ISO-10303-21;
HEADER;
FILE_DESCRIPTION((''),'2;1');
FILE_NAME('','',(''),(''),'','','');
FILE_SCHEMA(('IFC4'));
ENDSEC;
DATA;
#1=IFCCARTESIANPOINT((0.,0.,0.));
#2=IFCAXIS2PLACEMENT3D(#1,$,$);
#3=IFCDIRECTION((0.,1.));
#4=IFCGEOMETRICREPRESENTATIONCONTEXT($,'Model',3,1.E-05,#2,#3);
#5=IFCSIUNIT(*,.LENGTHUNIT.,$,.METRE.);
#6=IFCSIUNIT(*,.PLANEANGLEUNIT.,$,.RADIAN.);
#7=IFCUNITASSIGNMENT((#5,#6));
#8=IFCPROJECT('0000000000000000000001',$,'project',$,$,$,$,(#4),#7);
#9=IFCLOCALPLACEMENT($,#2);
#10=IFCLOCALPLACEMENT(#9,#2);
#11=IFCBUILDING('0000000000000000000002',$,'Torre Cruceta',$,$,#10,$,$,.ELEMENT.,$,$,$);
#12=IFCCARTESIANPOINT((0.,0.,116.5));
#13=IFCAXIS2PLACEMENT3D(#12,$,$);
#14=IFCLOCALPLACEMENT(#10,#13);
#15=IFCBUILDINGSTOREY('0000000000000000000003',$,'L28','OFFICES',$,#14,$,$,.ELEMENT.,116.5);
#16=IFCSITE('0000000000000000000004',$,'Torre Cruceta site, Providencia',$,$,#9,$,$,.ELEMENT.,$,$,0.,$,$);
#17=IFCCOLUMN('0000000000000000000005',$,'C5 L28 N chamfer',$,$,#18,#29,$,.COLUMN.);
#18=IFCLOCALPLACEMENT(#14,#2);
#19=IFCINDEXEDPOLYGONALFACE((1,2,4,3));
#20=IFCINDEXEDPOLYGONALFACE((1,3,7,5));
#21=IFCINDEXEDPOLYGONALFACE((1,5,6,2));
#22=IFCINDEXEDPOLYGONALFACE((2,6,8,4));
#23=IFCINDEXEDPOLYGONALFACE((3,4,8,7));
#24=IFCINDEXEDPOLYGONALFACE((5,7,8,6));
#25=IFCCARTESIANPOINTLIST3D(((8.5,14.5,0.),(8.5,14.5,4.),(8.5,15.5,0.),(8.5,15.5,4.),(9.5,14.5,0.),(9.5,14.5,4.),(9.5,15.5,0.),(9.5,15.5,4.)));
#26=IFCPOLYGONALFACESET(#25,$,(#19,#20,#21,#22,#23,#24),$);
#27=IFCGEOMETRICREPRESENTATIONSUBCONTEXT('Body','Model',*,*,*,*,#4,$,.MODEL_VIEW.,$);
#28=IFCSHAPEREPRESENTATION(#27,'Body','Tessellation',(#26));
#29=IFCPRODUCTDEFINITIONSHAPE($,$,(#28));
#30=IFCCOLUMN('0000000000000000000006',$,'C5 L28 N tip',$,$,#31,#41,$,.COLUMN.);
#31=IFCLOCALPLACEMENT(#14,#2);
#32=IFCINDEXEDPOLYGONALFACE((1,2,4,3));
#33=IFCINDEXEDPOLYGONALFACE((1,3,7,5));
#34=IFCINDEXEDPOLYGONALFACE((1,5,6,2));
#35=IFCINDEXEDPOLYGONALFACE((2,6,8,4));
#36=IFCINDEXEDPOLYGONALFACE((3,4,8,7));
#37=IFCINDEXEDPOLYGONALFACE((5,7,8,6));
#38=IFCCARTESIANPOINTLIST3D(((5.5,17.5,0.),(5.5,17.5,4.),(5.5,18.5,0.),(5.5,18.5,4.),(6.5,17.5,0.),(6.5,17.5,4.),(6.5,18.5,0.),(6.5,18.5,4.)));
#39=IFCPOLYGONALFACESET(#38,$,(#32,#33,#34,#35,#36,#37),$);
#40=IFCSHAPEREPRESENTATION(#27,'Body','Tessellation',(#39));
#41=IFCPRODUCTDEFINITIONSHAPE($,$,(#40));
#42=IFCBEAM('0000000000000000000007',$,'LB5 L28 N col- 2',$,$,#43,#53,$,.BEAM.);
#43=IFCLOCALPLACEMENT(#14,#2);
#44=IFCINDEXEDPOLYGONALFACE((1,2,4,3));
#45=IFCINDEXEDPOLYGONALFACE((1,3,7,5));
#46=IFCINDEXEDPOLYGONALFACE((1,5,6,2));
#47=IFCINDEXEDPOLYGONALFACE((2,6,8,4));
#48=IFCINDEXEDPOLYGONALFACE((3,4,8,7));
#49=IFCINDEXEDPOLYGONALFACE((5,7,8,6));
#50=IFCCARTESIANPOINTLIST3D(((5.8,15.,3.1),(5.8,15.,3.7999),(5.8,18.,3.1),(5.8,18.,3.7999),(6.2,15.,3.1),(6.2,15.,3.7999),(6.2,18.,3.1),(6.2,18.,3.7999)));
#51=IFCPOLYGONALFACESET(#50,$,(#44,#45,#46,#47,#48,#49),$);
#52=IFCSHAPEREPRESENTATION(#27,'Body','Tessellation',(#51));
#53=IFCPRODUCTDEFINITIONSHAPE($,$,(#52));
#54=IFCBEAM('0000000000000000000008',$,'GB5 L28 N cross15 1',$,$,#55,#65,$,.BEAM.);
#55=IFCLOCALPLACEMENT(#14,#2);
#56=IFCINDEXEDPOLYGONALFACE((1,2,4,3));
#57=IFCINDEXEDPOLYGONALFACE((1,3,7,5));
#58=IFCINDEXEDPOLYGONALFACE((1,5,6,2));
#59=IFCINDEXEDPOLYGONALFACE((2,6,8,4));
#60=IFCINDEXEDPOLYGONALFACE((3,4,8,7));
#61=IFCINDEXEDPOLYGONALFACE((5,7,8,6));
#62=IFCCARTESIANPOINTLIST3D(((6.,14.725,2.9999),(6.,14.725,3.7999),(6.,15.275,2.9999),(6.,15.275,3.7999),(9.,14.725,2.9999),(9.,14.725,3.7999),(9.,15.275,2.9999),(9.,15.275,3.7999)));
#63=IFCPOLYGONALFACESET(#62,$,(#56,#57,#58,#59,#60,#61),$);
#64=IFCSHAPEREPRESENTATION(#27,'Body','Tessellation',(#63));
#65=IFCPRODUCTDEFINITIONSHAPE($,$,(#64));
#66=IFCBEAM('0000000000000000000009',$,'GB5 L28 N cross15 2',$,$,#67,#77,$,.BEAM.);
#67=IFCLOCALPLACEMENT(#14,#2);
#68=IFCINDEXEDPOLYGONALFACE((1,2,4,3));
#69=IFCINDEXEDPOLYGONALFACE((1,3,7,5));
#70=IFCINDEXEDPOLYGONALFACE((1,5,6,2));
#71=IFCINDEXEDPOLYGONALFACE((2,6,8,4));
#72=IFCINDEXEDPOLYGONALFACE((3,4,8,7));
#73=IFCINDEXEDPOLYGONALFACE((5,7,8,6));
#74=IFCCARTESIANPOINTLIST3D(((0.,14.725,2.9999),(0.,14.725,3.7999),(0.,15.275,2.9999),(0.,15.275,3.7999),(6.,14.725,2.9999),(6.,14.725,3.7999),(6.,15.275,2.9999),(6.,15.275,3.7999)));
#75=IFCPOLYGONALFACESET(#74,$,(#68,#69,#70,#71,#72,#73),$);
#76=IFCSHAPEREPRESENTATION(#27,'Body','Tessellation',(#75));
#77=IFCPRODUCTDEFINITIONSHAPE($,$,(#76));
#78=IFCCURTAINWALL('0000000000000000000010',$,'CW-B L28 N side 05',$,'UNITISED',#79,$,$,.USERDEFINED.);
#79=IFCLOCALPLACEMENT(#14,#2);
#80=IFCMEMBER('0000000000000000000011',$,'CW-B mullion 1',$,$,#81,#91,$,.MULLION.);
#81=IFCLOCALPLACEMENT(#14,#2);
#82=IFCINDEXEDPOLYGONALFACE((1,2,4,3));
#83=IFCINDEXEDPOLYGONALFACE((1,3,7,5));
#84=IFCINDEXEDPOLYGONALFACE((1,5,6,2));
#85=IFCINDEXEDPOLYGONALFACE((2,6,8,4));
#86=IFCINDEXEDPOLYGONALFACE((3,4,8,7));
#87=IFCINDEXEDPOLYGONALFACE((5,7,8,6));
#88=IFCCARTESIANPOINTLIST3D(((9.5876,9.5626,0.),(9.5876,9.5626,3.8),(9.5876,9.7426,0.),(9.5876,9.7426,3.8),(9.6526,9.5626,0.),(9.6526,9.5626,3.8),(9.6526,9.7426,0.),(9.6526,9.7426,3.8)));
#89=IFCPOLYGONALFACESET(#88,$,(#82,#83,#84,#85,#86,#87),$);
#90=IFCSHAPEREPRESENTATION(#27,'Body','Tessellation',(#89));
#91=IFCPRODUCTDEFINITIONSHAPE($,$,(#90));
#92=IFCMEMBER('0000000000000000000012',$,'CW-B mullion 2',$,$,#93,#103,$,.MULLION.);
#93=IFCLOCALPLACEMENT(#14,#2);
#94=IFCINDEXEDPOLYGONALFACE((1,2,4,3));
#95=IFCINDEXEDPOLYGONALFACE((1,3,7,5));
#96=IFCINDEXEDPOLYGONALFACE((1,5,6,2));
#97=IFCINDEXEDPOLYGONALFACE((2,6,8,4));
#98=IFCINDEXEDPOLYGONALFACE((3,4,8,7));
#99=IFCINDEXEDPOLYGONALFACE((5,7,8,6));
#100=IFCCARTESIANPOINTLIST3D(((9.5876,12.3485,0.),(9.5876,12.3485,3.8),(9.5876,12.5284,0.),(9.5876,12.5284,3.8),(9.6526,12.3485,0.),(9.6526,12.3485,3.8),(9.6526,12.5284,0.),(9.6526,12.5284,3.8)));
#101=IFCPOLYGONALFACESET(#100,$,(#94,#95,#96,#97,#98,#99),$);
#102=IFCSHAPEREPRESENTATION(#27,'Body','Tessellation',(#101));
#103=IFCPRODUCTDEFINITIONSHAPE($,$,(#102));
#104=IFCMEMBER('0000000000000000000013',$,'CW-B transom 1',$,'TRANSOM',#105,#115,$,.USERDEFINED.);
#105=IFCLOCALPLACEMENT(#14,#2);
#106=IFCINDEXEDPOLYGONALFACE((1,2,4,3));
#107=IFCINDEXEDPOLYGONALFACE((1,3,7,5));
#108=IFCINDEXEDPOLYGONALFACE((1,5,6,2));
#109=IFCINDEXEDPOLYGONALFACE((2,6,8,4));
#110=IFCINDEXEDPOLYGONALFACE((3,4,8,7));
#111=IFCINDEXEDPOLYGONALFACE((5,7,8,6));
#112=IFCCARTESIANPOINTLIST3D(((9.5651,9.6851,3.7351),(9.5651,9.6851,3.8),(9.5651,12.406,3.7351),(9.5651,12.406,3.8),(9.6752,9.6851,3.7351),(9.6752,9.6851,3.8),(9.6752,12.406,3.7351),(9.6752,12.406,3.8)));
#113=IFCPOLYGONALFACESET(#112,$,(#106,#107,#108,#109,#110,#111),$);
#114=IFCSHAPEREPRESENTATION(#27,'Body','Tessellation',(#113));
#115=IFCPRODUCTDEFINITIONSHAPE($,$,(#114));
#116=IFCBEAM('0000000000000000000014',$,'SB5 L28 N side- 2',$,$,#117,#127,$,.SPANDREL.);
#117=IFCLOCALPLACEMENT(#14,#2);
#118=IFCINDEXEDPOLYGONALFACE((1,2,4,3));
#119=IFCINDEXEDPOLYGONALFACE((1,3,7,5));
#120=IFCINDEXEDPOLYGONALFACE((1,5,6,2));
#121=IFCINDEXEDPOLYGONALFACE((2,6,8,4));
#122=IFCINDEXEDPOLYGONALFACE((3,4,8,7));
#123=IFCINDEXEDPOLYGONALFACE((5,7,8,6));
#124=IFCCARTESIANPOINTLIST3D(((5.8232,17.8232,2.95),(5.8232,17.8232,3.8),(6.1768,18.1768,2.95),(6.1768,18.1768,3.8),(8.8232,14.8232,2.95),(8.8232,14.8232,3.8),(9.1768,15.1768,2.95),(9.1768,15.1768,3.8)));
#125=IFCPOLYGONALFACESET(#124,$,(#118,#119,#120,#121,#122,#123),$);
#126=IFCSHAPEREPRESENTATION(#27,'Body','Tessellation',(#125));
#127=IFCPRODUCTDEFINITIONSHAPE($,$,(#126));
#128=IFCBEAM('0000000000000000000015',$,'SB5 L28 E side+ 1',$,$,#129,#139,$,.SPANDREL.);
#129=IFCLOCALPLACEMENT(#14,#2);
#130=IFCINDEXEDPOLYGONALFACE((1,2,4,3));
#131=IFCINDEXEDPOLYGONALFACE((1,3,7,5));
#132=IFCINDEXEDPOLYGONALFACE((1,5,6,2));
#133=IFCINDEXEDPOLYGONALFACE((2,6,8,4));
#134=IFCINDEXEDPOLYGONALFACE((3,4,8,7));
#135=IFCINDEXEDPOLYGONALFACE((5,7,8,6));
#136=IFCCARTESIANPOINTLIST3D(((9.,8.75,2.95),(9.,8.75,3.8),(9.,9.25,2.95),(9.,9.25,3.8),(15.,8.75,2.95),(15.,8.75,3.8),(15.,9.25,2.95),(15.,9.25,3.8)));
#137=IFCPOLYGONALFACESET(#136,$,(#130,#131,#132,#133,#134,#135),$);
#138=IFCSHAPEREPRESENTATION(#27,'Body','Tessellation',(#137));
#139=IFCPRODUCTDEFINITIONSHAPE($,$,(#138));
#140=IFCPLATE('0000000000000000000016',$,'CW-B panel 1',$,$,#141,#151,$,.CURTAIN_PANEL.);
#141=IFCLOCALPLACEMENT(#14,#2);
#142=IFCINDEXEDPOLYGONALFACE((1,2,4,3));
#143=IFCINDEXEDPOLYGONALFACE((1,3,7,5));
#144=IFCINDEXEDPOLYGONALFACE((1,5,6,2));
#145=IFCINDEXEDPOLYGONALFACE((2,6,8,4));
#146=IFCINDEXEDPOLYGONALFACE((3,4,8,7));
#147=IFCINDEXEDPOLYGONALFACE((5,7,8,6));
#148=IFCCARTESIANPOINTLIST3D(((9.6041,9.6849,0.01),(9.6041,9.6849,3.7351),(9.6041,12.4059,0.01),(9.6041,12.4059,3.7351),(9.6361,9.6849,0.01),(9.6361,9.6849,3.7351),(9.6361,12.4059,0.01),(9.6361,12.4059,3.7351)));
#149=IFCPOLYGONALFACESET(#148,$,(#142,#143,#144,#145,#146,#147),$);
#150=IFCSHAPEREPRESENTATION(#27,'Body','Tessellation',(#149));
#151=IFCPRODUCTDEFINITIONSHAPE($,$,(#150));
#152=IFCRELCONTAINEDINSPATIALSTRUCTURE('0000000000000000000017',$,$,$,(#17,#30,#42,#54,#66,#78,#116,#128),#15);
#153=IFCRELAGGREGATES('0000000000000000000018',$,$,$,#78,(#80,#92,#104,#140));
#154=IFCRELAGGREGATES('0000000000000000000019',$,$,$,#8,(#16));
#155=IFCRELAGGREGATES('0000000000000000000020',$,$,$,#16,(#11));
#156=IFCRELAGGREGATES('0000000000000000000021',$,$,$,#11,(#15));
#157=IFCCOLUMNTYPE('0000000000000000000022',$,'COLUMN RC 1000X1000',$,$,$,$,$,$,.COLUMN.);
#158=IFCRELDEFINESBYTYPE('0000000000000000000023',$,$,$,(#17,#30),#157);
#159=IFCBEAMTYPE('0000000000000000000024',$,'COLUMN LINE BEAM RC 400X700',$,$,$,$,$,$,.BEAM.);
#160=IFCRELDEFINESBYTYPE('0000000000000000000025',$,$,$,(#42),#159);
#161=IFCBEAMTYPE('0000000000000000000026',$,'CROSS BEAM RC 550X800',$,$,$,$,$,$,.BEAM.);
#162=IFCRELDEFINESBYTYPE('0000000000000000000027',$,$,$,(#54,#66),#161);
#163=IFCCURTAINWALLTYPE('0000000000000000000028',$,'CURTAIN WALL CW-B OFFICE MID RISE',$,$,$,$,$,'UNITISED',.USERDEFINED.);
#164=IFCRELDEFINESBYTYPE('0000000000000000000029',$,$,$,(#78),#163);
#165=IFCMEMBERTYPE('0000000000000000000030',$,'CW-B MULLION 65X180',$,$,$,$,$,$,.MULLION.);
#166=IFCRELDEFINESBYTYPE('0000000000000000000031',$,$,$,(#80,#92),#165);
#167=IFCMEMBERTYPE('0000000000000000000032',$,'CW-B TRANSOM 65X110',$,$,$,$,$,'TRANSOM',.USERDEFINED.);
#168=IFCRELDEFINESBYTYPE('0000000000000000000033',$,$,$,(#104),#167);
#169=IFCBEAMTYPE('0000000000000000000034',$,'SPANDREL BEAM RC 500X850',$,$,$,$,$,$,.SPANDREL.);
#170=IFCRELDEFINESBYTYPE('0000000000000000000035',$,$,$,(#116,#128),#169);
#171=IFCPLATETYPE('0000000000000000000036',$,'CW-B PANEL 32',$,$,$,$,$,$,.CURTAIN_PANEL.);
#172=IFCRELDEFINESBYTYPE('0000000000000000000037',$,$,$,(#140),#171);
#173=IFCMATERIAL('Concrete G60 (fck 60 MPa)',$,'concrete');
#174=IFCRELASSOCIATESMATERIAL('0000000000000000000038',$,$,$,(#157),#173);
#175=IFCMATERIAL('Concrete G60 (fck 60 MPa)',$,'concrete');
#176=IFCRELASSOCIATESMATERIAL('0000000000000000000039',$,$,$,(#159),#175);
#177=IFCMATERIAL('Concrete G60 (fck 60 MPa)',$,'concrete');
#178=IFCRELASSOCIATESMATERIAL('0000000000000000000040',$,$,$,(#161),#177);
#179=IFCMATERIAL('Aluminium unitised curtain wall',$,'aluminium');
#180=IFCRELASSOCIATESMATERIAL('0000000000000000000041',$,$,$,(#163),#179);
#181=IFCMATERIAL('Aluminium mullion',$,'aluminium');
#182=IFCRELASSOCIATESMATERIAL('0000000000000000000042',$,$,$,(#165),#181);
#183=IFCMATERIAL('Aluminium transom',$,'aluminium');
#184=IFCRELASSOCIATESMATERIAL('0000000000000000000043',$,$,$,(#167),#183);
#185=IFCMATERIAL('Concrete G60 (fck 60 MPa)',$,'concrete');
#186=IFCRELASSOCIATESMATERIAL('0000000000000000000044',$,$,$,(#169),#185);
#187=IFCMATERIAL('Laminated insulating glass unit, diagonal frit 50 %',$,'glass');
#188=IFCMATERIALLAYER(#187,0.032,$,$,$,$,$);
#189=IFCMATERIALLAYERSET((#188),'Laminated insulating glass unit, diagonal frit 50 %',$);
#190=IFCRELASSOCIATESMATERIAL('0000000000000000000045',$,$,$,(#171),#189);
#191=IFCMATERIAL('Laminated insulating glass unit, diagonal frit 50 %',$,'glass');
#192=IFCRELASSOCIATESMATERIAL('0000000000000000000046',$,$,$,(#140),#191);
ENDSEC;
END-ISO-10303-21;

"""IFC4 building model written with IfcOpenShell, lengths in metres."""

from ifc_helpers import new_model, si_unit, direction, frame, origin, origin_2d, place, context, subcontext, project, spatial, rectangle, extrude, material, layer, layer_set, material_profile, profile_set, type_object, element, aggregate, save


model = new_model("IFC4")

# Units and contexts
model_context = context("Model", 3, precision=1e-05, world=origin(), true_north=direction((0.0, 1.0)))
body_context = subcontext(model_context, "Body", "Model", "MODEL_VIEW")
ifc_project = project(units=[si_unit("LENGTHUNIT", "METRE"), si_unit("PLANEANGLEUNIT", "RADIAN")], contexts=[model_context])

# Site, building, storey
site_placement = place(None, origin())
site = spatial("IfcSite", under=ifc_project, at=site_placement, Name="Torre Cruceta site, Providencia", CompositionType="ELEMENT", RefElevation=0.0)
building_placement = place(site_placement, origin())
building = spatial("IfcBuilding", under=site, at=building_placement, Name="Torre Cruceta", CompositionType="ELEMENT")
storey_placement = place(building_placement, frame((0.0, 0.0, 116.5)))
storey = spatial("IfcBuildingStorey", under=building, at=storey_placement, Name="L28", Description="OFFICES", CompositionType="ELEMENT", Elevation=116.5)

# Columns
ifc_material_1 = material(Name="Concrete G60 (fck 60 MPa)", Category="concrete")
ifc_material_profile_1 = material_profile(ifc_material_1, rectangle(XDim=1.0, YDim=1.0, at=origin_2d()), Name="RC 1000X1000")
ifc_profile_set_1 = profile_set([ifc_material_profile_1], Name="Concrete G60 (fck 60 MPa)")
column_type = type_object("IfcColumnType", Name="COLUMN RC 1000X1000", PredefinedType="COLUMN", material=ifc_profile_set_1)
for number, where, z_axis, x_axis, name in (
    (1, (9.0, 15.0, 0.0), (0.0, 0.0, 1.0), (1.0, 0.0, 0.0), "C5 L28 N chamfer"),
    (2, (6.0, 18.0, 0.0), (0.0, 0.0, 1.0), (1.0, 0.0, 0.0), "C5 L28 N tip"),
):
    element("IfcColumn", number, at=place(storey_placement, frame(where, z_axis=z_axis, x_axis=x_axis)), inside=storey, type_object=column_type, Name=name, PredefinedType="COLUMN", context=body_context, shape_type="SweptSolid", body=[
        extrude(rectangle(XDim=1.0, YDim=1.0, at=origin_2d()), origin(), (0.0, 0.0, 1.0), 4.0),
    ])

# Beams
ifc_material_2 = material(Name="Concrete G60 (fck 60 MPa)", Category="concrete")
ifc_material_profile_2 = material_profile(ifc_material_2, rectangle(XDim=0.3999, YDim=0.7, at=origin_2d()), Name="RC 400X700")
ifc_profile_set_2 = profile_set([ifc_material_profile_2], Name="Concrete G60 (fck 60 MPa)")
beam_type_1 = type_object("IfcBeamType", Name="COLUMN LINE BEAM RC 400X700", PredefinedType="BEAM", material=ifc_profile_set_2)
beam_1_placement = place(storey_placement, frame((6.0, 15.0, 3.45), z_axis=(0.0, 1.0, 0.0), x_axis=(-1.0, 0.0, 0.0)))
element("IfcBeam", 3, at=beam_1_placement, inside=storey, type_object=beam_type_1, Name="LB5 L28 N col- 2", PredefinedType="BEAM", context=body_context, shape_type="SweptSolid", body=[
    extrude(rectangle(XDim=0.3999, YDim=0.7, at=origin_2d()), origin(), (0.0, 0.0, 1.0), 3.0),
])
ifc_material_3 = material(Name="Concrete G60 (fck 60 MPa)", Category="concrete")
ifc_material_profile_3 = material_profile(ifc_material_3, rectangle(XDim=0.55, YDim=0.8, at=origin_2d()), Name="RC 550X800")
ifc_profile_set_3 = profile_set([ifc_material_profile_3], Name="Concrete G60 (fck 60 MPa)")
beam_type_2 = type_object("IfcBeamType", Name="CROSS BEAM RC 550X800", PredefinedType="BEAM", material=ifc_profile_set_3)
beam_2_placement = place(storey_placement, frame((9.0, 15.0, 3.3999), z_axis=(-1.0, 0.0, 0.0), x_axis=(0.0, -1.0, 0.0)))
element("IfcBeam", 4, at=beam_2_placement, inside=storey, type_object=beam_type_2, Name="GB5 L28 N cross15 1", PredefinedType="BEAM", context=body_context, shape_type="SweptSolid", body=[
    extrude(rectangle(XDim=0.55, YDim=0.8, at=origin_2d()), origin(), (0.0, 0.0, 1.0), 3.0),
])
beam_3_placement = place(storey_placement, frame((6.0, 15.0, 3.3999), z_axis=(-1.0, 0.0, 0.0), x_axis=(0.0, -1.0, 0.0)))
element("IfcBeam", 5, at=beam_3_placement, inside=storey, type_object=beam_type_2, Name="GB5 L28 N cross15 2", PredefinedType="BEAM", context=body_context, shape_type="SweptSolid", body=[
    extrude(rectangle(XDim=0.55, YDim=0.8, at=origin_2d()), origin(), (0.0, 0.0, 1.0), 6.0),
])

# Curtain wall, members
ifc_material_4 = material(Name="Aluminium unitised curtain wall", Category="aluminium")
curtain_wall_type = type_object("IfcCurtainWallType", Name="CURTAIN WALL CW-B OFFICE MID RISE", ElementType="UNITISED", PredefinedType="USERDEFINED", material=ifc_material_4)
curtain_wall_placement = place(storey_placement, origin())
curtain_wall = element("IfcCurtainWall", 6, at=curtain_wall_placement, inside=storey, type_object=curtain_wall_type, Name="CW-B L28 N side 05", ObjectType="UNITISED", PredefinedType="USERDEFINED")
ifc_material_5 = material(Name="Aluminium mullion", Category="aluminium")
ifc_material_profile_4 = material_profile(ifc_material_5, rectangle(XDim=0.0649, YDim=0.1799, at=origin_2d()), Name="AL 65X180")
ifc_profile_set_4 = profile_set([ifc_material_profile_4], Name="Aluminium mullion")
member_type_1 = type_object("IfcMemberType", Name="CW-B MULLION 65X180", PredefinedType="MULLION", material=ifc_profile_set_4)
member_1_placement = place(storey_placement, frame((9.6201, 9.6526, 0.0), z_axis=(0.0, 0.0, 1.0), x_axis=(-1.0, 0.0, 0.0)))
member_1 = element("IfcMember", 7, at=member_1_placement, type_object=member_type_1, Name="CW-B mullion 1", PredefinedType="MULLION", context=body_context, shape_type="SweptSolid", body=[
    extrude(rectangle(XDim=0.0649, YDim=0.1799, at=origin_2d()), origin(), (0.0, 0.0, 1.0), 3.8),
])
member_2_placement = place(storey_placement, frame((9.6201, 12.4385, 0.0), z_axis=(0.0, 0.0, 1.0), x_axis=(-1.0, 0.0, 0.0)))
member_2 = element("IfcMember", 8, at=member_2_placement, type_object=member_type_1, Name="CW-B mullion 2", PredefinedType="MULLION", context=body_context, shape_type="SweptSolid", body=[
    extrude(rectangle(XDim=0.0649, YDim=0.1799, at=origin_2d()), origin(), (0.0, 0.0, 1.0), 3.8),
])
ifc_material_6 = material(Name="Aluminium transom", Category="aluminium")
ifc_material_profile_5 = material_profile(ifc_material_6, rectangle(XDim=0.1101, YDim=0.0649, at=origin_2d()), Name="AL 110X65")
ifc_profile_set_5 = profile_set([ifc_material_profile_5], Name="Aluminium transom")
member_type_2 = type_object("IfcMemberType", Name="CW-B TRANSOM 65X110", ElementType="TRANSOM", PredefinedType="USERDEFINED", material=ifc_profile_set_5)
member_3_placement = place(storey_placement, frame((9.6201, 9.6851, 3.7676), z_axis=(0.0, 1.0, 0.0), x_axis=(-1.0, 0.0, 0.0)))
member_3 = element("IfcMember", 9, at=member_3_placement, type_object=member_type_2, Name="CW-B transom 1", ObjectType="TRANSOM", PredefinedType="USERDEFINED", context=body_context, shape_type="SweptSolid", body=[
    extrude(rectangle(XDim=0.1101, YDim=0.0649, at=origin_2d()), origin(), (0.0, 0.0, 1.0), 2.7209),
])

# Beams
ifc_material_7 = material(Name="Concrete G60 (fck 60 MPa)", Category="concrete")
ifc_material_profile_6 = material_profile(ifc_material_7, rectangle(XDim=0.5, YDim=0.8501, at=origin_2d()), Name="RC 500X850")
ifc_profile_set_6 = profile_set([ifc_material_profile_6], Name="Concrete G60 (fck 60 MPa)")
beam_type_3 = type_object("IfcBeamType", Name="SPANDREL BEAM RC 500X850", PredefinedType="SPANDREL", material=ifc_profile_set_6)
beam_4_placement = place(storey_placement, frame((9.0, 15.0, 3.375), z_axis=(-0.707107, 0.707107, 0.0), x_axis=(-0.707107, -0.707107, 0.0)))
element("IfcBeam", 10, at=beam_4_placement, inside=storey, type_object=beam_type_3, Name="SB5 L28 N side- 2", PredefinedType="SPANDREL", context=body_context, shape_type="SweptSolid", body=[
    extrude(rectangle(XDim=0.5, YDim=0.8501, at=origin_2d()), origin(), (0.0, 0.0, 1.0), 4.2427),
])
beam_5_placement = place(storey_placement, frame((9.0, 9.0, 3.375), z_axis=(1.0, 0.0, 0.0), x_axis=(0.0, 1.0, 0.0)))
element("IfcBeam", 11, at=beam_5_placement, inside=storey, type_object=beam_type_3, Name="SB5 L28 E side+ 1", PredefinedType="SPANDREL", context=body_context, shape_type="SweptSolid", body=[
    extrude(rectangle(XDim=0.5, YDim=0.8501, at=origin_2d()), origin(), (0.0, 0.0, 1.0), 6.0),
])

# Plate
ifc_material_8 = material(Name="Laminated insulating glass unit, diagonal frit 50 %", Category="glass")
ifc_material_9 = material(Name="Laminated insulating glass unit, diagonal frit 50 %", Category="glass")
ifc_layer_1 = layer(ifc_material_9, 0.032)
ifc_layer_set_1 = layer_set([ifc_layer_1], Name="Laminated insulating glass unit, diagonal frit 50 %")
plate_type = type_object("IfcPlateType", Name="CW-B PANEL 32", PredefinedType="CURTAIN_PANEL", material=ifc_layer_set_1)
plate_placement = place(storey_placement, frame((9.6201, 11.0454, 0.01), z_axis=(0.0, 0.0, 1.0), x_axis=(0.0, 1.0, 0.0)))
plate = element("IfcPlate", 12, at=plate_placement, type_object=plate_type, material=ifc_material_8, Name="CW-B panel 1", PredefinedType="CURTAIN_PANEL", context=body_context, shape_type="SweptSolid", body=[
    extrude(rectangle(XDim=2.7209, YDim=0.032, at=origin_2d()), origin(), (0.0, 0.0, 1.0), 3.7251),
])
aggregate(curtain_wall, [member_1, member_2, member_3, plate])

save(model, "model.ifc")
